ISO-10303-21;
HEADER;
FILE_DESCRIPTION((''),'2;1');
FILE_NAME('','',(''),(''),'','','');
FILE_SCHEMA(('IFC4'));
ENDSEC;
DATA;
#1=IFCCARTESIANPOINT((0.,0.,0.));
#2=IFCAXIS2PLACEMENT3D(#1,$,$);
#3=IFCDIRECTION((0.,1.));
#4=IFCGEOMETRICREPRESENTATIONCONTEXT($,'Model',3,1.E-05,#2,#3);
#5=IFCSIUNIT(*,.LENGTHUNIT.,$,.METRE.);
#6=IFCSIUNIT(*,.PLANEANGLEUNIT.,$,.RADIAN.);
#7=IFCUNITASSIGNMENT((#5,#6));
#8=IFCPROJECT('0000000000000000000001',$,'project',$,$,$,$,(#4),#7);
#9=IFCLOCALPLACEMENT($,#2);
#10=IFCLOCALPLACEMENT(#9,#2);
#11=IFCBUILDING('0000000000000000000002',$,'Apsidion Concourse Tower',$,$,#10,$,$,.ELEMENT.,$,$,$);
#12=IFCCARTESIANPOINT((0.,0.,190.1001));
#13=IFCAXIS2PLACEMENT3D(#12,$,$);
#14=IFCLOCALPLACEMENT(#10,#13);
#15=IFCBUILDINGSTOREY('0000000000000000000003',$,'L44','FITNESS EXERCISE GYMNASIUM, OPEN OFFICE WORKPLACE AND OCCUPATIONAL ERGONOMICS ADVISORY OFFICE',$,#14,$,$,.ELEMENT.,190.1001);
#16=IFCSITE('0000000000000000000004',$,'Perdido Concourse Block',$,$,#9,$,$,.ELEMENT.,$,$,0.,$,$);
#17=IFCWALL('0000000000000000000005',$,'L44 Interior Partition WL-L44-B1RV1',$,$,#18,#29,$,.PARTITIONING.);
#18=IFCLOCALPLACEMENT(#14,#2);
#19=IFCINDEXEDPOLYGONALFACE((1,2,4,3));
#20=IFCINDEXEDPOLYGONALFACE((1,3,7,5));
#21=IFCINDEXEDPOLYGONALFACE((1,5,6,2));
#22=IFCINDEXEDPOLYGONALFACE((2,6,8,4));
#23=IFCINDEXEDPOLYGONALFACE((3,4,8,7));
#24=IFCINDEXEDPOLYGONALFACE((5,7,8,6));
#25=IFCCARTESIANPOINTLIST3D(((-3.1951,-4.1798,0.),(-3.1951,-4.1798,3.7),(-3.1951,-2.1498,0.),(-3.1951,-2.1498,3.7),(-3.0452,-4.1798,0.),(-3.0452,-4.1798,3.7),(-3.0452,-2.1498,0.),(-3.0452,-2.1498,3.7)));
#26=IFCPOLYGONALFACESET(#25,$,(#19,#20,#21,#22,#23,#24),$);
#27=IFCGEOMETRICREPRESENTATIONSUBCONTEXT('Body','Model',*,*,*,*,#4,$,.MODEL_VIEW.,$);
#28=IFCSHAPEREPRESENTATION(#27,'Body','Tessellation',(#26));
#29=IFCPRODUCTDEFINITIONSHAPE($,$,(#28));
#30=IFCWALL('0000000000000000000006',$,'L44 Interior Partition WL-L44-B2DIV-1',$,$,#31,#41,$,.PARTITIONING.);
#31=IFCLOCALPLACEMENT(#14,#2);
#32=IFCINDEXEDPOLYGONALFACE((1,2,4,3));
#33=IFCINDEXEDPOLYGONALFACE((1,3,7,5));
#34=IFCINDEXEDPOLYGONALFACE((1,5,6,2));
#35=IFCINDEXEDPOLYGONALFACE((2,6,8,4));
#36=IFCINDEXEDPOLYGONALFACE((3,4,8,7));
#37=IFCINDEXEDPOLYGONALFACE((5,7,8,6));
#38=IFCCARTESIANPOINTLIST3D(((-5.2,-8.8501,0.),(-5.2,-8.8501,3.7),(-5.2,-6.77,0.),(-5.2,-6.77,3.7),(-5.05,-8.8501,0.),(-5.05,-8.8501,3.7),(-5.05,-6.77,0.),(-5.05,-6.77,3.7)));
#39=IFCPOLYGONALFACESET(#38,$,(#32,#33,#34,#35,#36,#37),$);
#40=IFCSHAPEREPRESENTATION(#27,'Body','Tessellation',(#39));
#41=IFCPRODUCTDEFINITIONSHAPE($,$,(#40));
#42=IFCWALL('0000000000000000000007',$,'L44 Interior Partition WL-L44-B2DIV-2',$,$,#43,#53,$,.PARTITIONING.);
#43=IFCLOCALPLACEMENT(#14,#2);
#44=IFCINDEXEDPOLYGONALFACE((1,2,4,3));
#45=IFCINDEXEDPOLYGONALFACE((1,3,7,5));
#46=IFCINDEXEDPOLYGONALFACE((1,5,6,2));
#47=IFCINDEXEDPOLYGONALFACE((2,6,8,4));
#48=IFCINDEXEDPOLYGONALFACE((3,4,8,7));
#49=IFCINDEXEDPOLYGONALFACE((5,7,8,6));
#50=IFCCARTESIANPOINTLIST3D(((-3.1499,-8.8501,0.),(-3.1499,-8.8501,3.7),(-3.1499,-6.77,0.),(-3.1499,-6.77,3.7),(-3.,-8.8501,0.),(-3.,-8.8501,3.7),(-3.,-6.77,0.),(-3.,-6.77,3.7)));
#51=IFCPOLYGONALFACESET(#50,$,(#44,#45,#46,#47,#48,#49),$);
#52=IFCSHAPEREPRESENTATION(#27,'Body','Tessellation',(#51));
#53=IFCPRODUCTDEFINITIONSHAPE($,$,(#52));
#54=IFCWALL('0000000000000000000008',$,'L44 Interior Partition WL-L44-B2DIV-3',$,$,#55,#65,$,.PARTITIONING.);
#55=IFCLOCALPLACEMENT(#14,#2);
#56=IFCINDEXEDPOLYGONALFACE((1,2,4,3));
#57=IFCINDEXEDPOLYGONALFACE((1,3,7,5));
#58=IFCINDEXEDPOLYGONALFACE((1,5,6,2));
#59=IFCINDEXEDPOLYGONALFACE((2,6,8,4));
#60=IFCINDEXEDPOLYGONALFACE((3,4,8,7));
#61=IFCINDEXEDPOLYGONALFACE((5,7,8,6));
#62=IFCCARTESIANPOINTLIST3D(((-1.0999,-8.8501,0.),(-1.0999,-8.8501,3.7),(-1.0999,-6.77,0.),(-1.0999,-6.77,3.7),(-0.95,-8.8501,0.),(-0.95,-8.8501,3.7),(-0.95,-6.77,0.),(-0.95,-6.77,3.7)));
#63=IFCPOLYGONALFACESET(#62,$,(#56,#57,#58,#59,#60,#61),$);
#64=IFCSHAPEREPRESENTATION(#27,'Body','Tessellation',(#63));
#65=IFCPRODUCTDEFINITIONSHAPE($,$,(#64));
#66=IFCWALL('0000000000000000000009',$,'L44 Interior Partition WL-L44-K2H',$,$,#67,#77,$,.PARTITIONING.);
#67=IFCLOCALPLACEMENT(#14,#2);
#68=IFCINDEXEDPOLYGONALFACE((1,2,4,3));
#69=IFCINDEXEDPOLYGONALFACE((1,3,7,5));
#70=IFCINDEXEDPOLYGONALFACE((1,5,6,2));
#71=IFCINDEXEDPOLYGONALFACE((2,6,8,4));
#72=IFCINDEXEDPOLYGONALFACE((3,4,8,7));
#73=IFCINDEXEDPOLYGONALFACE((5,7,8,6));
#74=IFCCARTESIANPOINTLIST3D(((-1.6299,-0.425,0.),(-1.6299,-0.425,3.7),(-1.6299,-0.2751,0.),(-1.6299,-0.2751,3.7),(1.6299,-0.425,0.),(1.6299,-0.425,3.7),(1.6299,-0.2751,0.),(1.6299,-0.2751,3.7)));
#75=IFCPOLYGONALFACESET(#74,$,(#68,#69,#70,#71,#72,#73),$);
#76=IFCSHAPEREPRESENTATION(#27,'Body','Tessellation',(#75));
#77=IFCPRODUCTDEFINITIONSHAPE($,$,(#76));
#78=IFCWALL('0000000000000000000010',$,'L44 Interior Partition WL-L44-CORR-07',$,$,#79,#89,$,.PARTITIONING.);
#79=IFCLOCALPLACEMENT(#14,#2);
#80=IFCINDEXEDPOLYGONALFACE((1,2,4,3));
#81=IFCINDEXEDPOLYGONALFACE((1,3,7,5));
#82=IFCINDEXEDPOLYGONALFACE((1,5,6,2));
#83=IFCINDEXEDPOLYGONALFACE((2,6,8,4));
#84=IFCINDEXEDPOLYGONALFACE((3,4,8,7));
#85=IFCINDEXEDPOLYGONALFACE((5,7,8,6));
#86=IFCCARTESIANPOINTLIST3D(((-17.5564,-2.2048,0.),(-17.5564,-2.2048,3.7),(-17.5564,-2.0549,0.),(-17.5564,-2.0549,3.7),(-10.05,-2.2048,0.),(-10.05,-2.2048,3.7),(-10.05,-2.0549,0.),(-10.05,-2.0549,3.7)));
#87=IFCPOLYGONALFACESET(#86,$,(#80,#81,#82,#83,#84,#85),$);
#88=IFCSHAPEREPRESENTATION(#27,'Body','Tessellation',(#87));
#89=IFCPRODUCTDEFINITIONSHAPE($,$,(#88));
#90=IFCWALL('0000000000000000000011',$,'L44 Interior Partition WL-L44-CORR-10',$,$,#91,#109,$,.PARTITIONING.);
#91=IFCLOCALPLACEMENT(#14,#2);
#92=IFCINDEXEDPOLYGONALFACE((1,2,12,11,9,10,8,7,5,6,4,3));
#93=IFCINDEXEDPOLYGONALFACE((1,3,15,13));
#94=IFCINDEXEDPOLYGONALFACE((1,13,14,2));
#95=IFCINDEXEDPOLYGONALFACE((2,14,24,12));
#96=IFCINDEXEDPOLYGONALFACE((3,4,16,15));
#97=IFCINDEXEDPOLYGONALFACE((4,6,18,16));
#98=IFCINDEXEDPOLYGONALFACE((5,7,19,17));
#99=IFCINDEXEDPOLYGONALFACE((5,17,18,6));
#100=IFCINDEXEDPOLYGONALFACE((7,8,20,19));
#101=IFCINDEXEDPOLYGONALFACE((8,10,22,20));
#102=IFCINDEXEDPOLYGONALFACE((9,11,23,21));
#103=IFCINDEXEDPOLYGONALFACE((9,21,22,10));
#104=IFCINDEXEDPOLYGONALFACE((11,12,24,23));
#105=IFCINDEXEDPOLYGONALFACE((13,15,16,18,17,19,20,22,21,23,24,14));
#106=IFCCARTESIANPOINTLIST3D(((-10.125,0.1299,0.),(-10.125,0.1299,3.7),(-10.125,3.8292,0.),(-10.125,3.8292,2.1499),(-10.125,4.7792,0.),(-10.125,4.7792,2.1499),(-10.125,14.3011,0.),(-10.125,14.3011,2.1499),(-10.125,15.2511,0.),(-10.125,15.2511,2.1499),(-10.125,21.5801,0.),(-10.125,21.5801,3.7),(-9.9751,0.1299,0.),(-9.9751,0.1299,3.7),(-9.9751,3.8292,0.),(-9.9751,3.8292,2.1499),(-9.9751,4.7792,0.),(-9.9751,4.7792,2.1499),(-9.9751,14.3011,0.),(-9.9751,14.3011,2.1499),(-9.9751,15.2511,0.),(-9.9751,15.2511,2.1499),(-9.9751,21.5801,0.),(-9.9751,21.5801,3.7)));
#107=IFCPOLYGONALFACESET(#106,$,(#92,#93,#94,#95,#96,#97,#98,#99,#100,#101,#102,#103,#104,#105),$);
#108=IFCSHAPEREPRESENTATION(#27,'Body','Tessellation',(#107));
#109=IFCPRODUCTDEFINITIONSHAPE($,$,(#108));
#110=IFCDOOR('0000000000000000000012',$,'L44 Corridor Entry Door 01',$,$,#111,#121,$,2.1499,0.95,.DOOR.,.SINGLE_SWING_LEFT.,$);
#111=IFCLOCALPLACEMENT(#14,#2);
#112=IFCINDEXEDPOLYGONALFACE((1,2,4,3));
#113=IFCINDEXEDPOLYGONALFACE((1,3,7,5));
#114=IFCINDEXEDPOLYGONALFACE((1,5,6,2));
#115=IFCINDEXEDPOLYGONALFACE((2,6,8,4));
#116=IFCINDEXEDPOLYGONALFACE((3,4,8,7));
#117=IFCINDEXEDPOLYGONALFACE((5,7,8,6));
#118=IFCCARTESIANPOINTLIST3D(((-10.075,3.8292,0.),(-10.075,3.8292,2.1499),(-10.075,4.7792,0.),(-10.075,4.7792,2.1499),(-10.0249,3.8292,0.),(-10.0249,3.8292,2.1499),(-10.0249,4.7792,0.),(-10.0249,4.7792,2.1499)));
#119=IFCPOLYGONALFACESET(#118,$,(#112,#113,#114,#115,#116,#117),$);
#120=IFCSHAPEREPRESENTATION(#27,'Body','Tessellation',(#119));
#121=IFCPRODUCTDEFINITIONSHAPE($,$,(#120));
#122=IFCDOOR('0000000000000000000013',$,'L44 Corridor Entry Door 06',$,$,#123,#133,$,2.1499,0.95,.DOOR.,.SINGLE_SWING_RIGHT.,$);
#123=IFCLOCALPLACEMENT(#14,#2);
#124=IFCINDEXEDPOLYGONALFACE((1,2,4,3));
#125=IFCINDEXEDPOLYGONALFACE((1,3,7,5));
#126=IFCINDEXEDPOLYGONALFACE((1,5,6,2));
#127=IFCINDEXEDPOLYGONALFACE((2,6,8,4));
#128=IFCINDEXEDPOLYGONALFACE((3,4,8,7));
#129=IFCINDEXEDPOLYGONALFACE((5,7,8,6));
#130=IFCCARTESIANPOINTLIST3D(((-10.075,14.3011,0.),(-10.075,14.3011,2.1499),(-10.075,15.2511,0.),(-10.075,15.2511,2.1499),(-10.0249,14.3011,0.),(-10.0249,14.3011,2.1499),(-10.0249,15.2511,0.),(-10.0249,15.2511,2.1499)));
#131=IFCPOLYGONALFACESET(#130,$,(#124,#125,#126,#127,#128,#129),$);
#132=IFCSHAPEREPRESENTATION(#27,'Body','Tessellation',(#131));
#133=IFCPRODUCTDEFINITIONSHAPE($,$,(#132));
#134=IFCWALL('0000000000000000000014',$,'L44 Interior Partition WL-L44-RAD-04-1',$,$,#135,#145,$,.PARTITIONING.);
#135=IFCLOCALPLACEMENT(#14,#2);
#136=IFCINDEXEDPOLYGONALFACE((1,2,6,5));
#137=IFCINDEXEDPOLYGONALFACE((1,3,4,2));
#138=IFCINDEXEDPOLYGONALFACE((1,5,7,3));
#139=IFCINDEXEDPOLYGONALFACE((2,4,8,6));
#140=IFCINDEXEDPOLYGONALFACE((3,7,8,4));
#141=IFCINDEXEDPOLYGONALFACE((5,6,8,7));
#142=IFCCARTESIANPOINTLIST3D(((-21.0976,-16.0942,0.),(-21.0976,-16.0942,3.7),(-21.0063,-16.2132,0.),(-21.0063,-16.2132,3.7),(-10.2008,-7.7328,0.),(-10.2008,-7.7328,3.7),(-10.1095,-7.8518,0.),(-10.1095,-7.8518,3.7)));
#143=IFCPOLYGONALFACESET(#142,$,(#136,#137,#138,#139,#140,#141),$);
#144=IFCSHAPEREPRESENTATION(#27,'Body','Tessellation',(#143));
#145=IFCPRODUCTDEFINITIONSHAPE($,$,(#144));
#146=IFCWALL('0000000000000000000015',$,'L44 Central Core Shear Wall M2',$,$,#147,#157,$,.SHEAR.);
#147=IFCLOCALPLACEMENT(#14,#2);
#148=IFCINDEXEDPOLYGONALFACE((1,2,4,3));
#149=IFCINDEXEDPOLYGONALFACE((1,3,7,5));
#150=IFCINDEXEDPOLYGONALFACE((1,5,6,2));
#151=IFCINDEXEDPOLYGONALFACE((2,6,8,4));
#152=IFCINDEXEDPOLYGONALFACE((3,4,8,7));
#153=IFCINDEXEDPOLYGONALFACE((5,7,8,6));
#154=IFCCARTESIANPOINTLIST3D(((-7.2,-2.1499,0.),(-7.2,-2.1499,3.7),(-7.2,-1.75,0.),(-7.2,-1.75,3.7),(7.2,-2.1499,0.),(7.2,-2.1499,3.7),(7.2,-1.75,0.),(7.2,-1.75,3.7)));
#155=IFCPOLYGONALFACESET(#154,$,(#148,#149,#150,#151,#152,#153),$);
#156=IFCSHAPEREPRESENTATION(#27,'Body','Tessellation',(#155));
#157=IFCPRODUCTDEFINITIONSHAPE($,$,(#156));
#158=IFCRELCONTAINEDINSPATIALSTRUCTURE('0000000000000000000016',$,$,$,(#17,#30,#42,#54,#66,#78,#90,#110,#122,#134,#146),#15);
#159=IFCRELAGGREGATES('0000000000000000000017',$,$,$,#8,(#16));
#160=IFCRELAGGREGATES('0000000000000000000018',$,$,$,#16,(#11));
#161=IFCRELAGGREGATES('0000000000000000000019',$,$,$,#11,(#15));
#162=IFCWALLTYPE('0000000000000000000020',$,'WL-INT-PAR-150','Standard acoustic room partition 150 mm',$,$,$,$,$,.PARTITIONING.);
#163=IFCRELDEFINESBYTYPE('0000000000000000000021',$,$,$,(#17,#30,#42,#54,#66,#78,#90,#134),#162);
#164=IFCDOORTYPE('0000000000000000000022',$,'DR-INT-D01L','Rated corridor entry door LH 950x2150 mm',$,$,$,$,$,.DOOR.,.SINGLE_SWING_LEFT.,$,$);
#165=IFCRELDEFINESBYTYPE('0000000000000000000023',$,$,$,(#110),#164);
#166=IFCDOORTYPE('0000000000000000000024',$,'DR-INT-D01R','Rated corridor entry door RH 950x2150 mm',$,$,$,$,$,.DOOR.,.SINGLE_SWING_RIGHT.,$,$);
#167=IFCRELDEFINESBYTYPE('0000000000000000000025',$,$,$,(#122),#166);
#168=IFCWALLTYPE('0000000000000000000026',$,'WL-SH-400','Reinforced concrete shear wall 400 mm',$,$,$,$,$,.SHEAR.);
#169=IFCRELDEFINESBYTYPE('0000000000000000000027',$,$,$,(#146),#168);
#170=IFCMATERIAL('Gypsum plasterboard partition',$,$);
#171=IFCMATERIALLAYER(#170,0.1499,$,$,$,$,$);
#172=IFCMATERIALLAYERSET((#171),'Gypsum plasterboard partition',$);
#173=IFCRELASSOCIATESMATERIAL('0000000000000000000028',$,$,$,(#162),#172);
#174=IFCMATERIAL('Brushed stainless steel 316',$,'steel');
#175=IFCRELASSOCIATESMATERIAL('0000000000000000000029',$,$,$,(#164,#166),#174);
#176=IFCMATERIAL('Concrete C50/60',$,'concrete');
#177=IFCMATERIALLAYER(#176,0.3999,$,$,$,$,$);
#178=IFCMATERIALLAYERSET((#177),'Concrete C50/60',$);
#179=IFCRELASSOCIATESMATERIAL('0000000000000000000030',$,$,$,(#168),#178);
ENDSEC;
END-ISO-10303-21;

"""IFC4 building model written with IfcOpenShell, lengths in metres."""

from ifc_helpers import new_model, si_unit, direction, frame, frame_2d, origin, place, context, subcontext, project, spatial, rectangle, extrude, material, layer, layer_set, type_object, element, fill, save


model = new_model("IFC4")

# Units and contexts
model_context = context("Model", 3, precision=1e-05, world=origin(), true_north=direction((0.0, 1.0)))
body_context = subcontext(model_context, "Body", "Model", "MODEL_VIEW")
ifc_project = project(units=[si_unit("LENGTHUNIT", "METRE"), si_unit("PLANEANGLEUNIT", "RADIAN")], contexts=[model_context])

# Site, building, storey
site_placement = place(None, origin())
site = spatial("IfcSite", under=ifc_project, at=site_placement, Name="Perdido Concourse Block", CompositionType="ELEMENT", RefElevation=0.0)
building_placement = place(site_placement, origin())
building = spatial("IfcBuilding", under=site, at=building_placement, Name="Apsidion Concourse Tower", CompositionType="ELEMENT")
storey_placement = place(building_placement, frame((0.0, 0.0, 190.1001)))
storey = spatial("IfcBuildingStorey", under=building, at=storey_placement, Name="L44", Description="FITNESS EXERCISE GYMNASIUM, OPEN OFFICE WORKPLACE AND OCCUPATIONAL ERGONOMICS ADVISORY OFFICE", CompositionType="ELEMENT", Elevation=190.1001)

# Walls
ifc_material_1 = material(Name="Gypsum plasterboard partition")
ifc_layer_1 = layer(ifc_material_1, 0.1499)
ifc_layer_set_1 = layer_set([ifc_layer_1], Name="Gypsum plasterboard partition")
wall_type_1 = type_object("IfcWallType", Name="WL-INT-PAR-150", Description="Standard acoustic room partition 150 mm", PredefinedType="PARTITIONING", material=ifc_layer_set_1)
wall_1_placement = place(storey_placement, frame((-3.1201, -4.1799, 0.0), z_axis=(0.0, 0.0, 1.0), x_axis=(0.0, 1.0, 0.0)))
element("IfcWall", 1, at=wall_1_placement, inside=storey, type_object=wall_type_1, Name="L44 Interior Partition WL-L44-B1RV1", PredefinedType="PARTITIONING", context=body_context, shape_type="SweptSolid", body=[
    extrude(rectangle(XDim=2.03, YDim=0.1499, at=frame_2d((1.0151, 0.0))), origin(), (0.0, 0.0, 1.0), 3.7),
])
for number, where, z_axis, x_axis, name in (
    (2, (-5.125, -8.8501, 0.0), (0.0, 0.0, 1.0), (0.0, 1.0, 0.0), "L44 Interior Partition WL-L44-B2DIV-1"),
    (3, (-3.075, -8.8501, 0.0), (0.0, 0.0, 1.0), (0.0, 1.0, 0.0), "L44 Interior Partition WL-L44-B2DIV-2"),
    (4, (-1.0249, -8.8501, 0.0), (0.0, 0.0, 1.0), (0.0, 1.0, 0.0), "L44 Interior Partition WL-L44-B2DIV-3"),
):
    element("IfcWall", number, at=place(storey_placement, frame(where, z_axis=z_axis, x_axis=x_axis)), inside=storey, type_object=wall_type_1, Name=name, PredefinedType="PARTITIONING", context=body_context, shape_type="SweptSolid", body=[
        extrude(rectangle(XDim=2.0801, YDim=0.1499, at=frame_2d((1.04, 0.0))), origin(), (0.0, 0.0, 1.0), 3.7),
    ])
wall_2_placement = place(storey_placement, frame((-1.6299, -0.3501, 0.0), z_axis=(0.0, 0.0, 1.0), x_axis=(1.0, 0.0, 0.0)))
element("IfcWall", 5, at=wall_2_placement, inside=storey, type_object=wall_type_1, Name="L44 Interior Partition WL-L44-K2H", PredefinedType="PARTITIONING", context=body_context, shape_type="SweptSolid", body=[
    extrude(rectangle(XDim=3.2598, YDim=0.1499, at=frame_2d((1.6299, 0.0))), origin(), (0.0, 0.0, 1.0), 3.7),
])
wall_3_placement = place(storey_placement, frame((-10.05, -2.1299, 0.0), z_axis=(0.0, 0.0, 1.0), x_axis=(-1.0, 0.0, 0.0)))
element("IfcWall", 6, at=wall_3_placement, inside=storey, type_object=wall_type_1, Name="L44 Interior Partition WL-L44-CORR-07", PredefinedType="PARTITIONING", context=body_context, shape_type="SweptSolid", body=[
    extrude(rectangle(XDim=7.5063, YDim=0.1499, at=frame_2d((3.7532, 0.0))), origin(), (0.0, 0.0, 1.0), 3.7),
])

# Wall, openings, doors
wall_4_placement = place(storey_placement, frame((-10.05, 0.1299, 0.0), z_axis=(0.0, 0.0, 1.0), x_axis=(0.0, 1.0, 0.0)))
wall_4 = element("IfcWall", 7, at=wall_4_placement, inside=storey, type_object=wall_type_1, Name="L44 Interior Partition WL-L44-CORR-10", PredefinedType="PARTITIONING", context=body_context, shape_type="SweptSolid", body=[
    extrude(rectangle(XDim=21.4502, YDim=0.1499, at=frame_2d((10.7251, 0.0))), origin(), (0.0, 0.0, 1.0), 3.7),
])
opening_1_placement = place(wall_4_placement, frame((3.6992, 0.0, 0.0)))
opening_1 = element("IfcOpeningElement", 8, at=opening_1_placement, cuts=wall_4, PredefinedType="OPENING", context=body_context, shape_type="SweptSolid", body=[
    extrude(rectangle(XDim=0.95, YDim=2.1499, at=frame_2d((0.4751, 1.075))), frame((0.0, 0.085, 0.0), z_axis=(0.0, -1.0, 0.0), x_axis=(1.0, 0.0, 0.0)), (0.0, 0.0, 1.0), 0.1699),
])
opening_2_placement = place(wall_4_placement, frame((14.1711, 0.0, 0.0)))
opening_2 = element("IfcOpeningElement", 9, at=opening_2_placement, cuts=wall_4, PredefinedType="OPENING", context=body_context, shape_type="SweptSolid", body=[
    extrude(rectangle(XDim=0.95, YDim=2.1499, at=frame_2d((0.4751, 1.075))), frame((0.0, 0.085, 0.0), z_axis=(0.0, -1.0, 0.0), x_axis=(1.0, 0.0, 0.0)), (0.0, 0.0, 1.0), 0.1699),
])
ifc_material_2 = material(Name="Brushed stainless steel 316", Category="steel")
door_type_1 = type_object("IfcDoorType", Name="DR-INT-D01L", Description="Rated corridor entry door LH 950x2150 mm", OperationType="SINGLE_SWING_LEFT", PredefinedType="DOOR", material=ifc_material_2)
door_1_placement = place(opening_1_placement, origin())
door_1 = element("IfcDoor", 10, at=door_1_placement, inside=storey, type_object=door_type_1, Name="L44 Corridor Entry Door 01", OperationType="SINGLE_SWING_LEFT", OverallHeight=2.1499, OverallWidth=0.95, PredefinedType="DOOR", context=body_context, shape_type="SweptSolid", body=[
    extrude(rectangle(XDim=0.95, YDim=2.1499, at=frame_2d((0.4751, 1.075))), frame((0.0, 0.0249, 0.0), z_axis=(0.0, -1.0, 0.0), x_axis=(1.0, 0.0, 0.0)), (0.0, 0.0, 1.0), 0.05),
])
fill(opening_1, door_1)
door_type_2 = type_object("IfcDoorType", Name="DR-INT-D01R", Description="Rated corridor entry door RH 950x2150 mm", OperationType="SINGLE_SWING_RIGHT", PredefinedType="DOOR", material=ifc_material_2)
door_2_placement = place(opening_2_placement, origin())
door_2 = element("IfcDoor", 11, at=door_2_placement, inside=storey, type_object=door_type_2, Name="L44 Corridor Entry Door 06", OperationType="SINGLE_SWING_RIGHT", OverallHeight=2.1499, OverallWidth=0.95, PredefinedType="DOOR", context=body_context, shape_type="SweptSolid", body=[
    extrude(rectangle(XDim=0.95, YDim=2.1499, at=frame_2d((0.4751, 1.075))), frame((0.0, 0.0249, 0.0), z_axis=(0.0, -1.0, 0.0), x_axis=(1.0, 0.0, 0.0)), (0.0, 0.0, 1.0), 0.05),
])
fill(opening_2, door_2)

# Wall
wall_5_placement = place(storey_placement, frame((-10.155, -7.7922, 0.0), z_axis=(0.0, 0.0, 1.0), x_axis=(-0.793354, -0.60876, 0.0)))
element("IfcWall", 12, at=wall_5_placement, inside=storey, type_object=wall_type_1, Name="L44 Interior Partition WL-L44-RAD-04-1", PredefinedType="PARTITIONING", context=body_context, shape_type="SweptSolid", body=[
    extrude(rectangle(XDim=13.7351, YDim=0.1499, at=frame_2d((6.8677, 0.0))), origin(), (0.0, 0.0, 1.0), 3.7),
])

# Wall
ifc_material_3 = material(Name="Concrete C50/60", Category="concrete")
ifc_layer_2 = layer(ifc_material_3, 0.3999)
ifc_layer_set_2 = layer_set([ifc_layer_2], Name="Concrete C50/60")
wall_type_2 = type_object("IfcWallType", Name="WL-SH-400", Description="Reinforced concrete shear wall 400 mm", PredefinedType="SHEAR", material=ifc_layer_set_2)
wall_6_placement = place(storey_placement, frame((-7.2, -1.95, 0.0), z_axis=(0.0, 0.0, 1.0), x_axis=(1.0, 0.0, 0.0)))
element("IfcWall", 13, at=wall_6_placement, inside=storey, type_object=wall_type_2, Name="L44 Central Core Shear Wall M2", PredefinedType="SHEAR", context=body_context, shape_type="SweptSolid", body=[
    extrude(rectangle(XDim=14.3999, YDim=0.3999, at=frame_2d((7.2, 0.0))), origin(), (0.0, 0.0, 1.0), 3.7),
])

save(model, "model.ifc")
